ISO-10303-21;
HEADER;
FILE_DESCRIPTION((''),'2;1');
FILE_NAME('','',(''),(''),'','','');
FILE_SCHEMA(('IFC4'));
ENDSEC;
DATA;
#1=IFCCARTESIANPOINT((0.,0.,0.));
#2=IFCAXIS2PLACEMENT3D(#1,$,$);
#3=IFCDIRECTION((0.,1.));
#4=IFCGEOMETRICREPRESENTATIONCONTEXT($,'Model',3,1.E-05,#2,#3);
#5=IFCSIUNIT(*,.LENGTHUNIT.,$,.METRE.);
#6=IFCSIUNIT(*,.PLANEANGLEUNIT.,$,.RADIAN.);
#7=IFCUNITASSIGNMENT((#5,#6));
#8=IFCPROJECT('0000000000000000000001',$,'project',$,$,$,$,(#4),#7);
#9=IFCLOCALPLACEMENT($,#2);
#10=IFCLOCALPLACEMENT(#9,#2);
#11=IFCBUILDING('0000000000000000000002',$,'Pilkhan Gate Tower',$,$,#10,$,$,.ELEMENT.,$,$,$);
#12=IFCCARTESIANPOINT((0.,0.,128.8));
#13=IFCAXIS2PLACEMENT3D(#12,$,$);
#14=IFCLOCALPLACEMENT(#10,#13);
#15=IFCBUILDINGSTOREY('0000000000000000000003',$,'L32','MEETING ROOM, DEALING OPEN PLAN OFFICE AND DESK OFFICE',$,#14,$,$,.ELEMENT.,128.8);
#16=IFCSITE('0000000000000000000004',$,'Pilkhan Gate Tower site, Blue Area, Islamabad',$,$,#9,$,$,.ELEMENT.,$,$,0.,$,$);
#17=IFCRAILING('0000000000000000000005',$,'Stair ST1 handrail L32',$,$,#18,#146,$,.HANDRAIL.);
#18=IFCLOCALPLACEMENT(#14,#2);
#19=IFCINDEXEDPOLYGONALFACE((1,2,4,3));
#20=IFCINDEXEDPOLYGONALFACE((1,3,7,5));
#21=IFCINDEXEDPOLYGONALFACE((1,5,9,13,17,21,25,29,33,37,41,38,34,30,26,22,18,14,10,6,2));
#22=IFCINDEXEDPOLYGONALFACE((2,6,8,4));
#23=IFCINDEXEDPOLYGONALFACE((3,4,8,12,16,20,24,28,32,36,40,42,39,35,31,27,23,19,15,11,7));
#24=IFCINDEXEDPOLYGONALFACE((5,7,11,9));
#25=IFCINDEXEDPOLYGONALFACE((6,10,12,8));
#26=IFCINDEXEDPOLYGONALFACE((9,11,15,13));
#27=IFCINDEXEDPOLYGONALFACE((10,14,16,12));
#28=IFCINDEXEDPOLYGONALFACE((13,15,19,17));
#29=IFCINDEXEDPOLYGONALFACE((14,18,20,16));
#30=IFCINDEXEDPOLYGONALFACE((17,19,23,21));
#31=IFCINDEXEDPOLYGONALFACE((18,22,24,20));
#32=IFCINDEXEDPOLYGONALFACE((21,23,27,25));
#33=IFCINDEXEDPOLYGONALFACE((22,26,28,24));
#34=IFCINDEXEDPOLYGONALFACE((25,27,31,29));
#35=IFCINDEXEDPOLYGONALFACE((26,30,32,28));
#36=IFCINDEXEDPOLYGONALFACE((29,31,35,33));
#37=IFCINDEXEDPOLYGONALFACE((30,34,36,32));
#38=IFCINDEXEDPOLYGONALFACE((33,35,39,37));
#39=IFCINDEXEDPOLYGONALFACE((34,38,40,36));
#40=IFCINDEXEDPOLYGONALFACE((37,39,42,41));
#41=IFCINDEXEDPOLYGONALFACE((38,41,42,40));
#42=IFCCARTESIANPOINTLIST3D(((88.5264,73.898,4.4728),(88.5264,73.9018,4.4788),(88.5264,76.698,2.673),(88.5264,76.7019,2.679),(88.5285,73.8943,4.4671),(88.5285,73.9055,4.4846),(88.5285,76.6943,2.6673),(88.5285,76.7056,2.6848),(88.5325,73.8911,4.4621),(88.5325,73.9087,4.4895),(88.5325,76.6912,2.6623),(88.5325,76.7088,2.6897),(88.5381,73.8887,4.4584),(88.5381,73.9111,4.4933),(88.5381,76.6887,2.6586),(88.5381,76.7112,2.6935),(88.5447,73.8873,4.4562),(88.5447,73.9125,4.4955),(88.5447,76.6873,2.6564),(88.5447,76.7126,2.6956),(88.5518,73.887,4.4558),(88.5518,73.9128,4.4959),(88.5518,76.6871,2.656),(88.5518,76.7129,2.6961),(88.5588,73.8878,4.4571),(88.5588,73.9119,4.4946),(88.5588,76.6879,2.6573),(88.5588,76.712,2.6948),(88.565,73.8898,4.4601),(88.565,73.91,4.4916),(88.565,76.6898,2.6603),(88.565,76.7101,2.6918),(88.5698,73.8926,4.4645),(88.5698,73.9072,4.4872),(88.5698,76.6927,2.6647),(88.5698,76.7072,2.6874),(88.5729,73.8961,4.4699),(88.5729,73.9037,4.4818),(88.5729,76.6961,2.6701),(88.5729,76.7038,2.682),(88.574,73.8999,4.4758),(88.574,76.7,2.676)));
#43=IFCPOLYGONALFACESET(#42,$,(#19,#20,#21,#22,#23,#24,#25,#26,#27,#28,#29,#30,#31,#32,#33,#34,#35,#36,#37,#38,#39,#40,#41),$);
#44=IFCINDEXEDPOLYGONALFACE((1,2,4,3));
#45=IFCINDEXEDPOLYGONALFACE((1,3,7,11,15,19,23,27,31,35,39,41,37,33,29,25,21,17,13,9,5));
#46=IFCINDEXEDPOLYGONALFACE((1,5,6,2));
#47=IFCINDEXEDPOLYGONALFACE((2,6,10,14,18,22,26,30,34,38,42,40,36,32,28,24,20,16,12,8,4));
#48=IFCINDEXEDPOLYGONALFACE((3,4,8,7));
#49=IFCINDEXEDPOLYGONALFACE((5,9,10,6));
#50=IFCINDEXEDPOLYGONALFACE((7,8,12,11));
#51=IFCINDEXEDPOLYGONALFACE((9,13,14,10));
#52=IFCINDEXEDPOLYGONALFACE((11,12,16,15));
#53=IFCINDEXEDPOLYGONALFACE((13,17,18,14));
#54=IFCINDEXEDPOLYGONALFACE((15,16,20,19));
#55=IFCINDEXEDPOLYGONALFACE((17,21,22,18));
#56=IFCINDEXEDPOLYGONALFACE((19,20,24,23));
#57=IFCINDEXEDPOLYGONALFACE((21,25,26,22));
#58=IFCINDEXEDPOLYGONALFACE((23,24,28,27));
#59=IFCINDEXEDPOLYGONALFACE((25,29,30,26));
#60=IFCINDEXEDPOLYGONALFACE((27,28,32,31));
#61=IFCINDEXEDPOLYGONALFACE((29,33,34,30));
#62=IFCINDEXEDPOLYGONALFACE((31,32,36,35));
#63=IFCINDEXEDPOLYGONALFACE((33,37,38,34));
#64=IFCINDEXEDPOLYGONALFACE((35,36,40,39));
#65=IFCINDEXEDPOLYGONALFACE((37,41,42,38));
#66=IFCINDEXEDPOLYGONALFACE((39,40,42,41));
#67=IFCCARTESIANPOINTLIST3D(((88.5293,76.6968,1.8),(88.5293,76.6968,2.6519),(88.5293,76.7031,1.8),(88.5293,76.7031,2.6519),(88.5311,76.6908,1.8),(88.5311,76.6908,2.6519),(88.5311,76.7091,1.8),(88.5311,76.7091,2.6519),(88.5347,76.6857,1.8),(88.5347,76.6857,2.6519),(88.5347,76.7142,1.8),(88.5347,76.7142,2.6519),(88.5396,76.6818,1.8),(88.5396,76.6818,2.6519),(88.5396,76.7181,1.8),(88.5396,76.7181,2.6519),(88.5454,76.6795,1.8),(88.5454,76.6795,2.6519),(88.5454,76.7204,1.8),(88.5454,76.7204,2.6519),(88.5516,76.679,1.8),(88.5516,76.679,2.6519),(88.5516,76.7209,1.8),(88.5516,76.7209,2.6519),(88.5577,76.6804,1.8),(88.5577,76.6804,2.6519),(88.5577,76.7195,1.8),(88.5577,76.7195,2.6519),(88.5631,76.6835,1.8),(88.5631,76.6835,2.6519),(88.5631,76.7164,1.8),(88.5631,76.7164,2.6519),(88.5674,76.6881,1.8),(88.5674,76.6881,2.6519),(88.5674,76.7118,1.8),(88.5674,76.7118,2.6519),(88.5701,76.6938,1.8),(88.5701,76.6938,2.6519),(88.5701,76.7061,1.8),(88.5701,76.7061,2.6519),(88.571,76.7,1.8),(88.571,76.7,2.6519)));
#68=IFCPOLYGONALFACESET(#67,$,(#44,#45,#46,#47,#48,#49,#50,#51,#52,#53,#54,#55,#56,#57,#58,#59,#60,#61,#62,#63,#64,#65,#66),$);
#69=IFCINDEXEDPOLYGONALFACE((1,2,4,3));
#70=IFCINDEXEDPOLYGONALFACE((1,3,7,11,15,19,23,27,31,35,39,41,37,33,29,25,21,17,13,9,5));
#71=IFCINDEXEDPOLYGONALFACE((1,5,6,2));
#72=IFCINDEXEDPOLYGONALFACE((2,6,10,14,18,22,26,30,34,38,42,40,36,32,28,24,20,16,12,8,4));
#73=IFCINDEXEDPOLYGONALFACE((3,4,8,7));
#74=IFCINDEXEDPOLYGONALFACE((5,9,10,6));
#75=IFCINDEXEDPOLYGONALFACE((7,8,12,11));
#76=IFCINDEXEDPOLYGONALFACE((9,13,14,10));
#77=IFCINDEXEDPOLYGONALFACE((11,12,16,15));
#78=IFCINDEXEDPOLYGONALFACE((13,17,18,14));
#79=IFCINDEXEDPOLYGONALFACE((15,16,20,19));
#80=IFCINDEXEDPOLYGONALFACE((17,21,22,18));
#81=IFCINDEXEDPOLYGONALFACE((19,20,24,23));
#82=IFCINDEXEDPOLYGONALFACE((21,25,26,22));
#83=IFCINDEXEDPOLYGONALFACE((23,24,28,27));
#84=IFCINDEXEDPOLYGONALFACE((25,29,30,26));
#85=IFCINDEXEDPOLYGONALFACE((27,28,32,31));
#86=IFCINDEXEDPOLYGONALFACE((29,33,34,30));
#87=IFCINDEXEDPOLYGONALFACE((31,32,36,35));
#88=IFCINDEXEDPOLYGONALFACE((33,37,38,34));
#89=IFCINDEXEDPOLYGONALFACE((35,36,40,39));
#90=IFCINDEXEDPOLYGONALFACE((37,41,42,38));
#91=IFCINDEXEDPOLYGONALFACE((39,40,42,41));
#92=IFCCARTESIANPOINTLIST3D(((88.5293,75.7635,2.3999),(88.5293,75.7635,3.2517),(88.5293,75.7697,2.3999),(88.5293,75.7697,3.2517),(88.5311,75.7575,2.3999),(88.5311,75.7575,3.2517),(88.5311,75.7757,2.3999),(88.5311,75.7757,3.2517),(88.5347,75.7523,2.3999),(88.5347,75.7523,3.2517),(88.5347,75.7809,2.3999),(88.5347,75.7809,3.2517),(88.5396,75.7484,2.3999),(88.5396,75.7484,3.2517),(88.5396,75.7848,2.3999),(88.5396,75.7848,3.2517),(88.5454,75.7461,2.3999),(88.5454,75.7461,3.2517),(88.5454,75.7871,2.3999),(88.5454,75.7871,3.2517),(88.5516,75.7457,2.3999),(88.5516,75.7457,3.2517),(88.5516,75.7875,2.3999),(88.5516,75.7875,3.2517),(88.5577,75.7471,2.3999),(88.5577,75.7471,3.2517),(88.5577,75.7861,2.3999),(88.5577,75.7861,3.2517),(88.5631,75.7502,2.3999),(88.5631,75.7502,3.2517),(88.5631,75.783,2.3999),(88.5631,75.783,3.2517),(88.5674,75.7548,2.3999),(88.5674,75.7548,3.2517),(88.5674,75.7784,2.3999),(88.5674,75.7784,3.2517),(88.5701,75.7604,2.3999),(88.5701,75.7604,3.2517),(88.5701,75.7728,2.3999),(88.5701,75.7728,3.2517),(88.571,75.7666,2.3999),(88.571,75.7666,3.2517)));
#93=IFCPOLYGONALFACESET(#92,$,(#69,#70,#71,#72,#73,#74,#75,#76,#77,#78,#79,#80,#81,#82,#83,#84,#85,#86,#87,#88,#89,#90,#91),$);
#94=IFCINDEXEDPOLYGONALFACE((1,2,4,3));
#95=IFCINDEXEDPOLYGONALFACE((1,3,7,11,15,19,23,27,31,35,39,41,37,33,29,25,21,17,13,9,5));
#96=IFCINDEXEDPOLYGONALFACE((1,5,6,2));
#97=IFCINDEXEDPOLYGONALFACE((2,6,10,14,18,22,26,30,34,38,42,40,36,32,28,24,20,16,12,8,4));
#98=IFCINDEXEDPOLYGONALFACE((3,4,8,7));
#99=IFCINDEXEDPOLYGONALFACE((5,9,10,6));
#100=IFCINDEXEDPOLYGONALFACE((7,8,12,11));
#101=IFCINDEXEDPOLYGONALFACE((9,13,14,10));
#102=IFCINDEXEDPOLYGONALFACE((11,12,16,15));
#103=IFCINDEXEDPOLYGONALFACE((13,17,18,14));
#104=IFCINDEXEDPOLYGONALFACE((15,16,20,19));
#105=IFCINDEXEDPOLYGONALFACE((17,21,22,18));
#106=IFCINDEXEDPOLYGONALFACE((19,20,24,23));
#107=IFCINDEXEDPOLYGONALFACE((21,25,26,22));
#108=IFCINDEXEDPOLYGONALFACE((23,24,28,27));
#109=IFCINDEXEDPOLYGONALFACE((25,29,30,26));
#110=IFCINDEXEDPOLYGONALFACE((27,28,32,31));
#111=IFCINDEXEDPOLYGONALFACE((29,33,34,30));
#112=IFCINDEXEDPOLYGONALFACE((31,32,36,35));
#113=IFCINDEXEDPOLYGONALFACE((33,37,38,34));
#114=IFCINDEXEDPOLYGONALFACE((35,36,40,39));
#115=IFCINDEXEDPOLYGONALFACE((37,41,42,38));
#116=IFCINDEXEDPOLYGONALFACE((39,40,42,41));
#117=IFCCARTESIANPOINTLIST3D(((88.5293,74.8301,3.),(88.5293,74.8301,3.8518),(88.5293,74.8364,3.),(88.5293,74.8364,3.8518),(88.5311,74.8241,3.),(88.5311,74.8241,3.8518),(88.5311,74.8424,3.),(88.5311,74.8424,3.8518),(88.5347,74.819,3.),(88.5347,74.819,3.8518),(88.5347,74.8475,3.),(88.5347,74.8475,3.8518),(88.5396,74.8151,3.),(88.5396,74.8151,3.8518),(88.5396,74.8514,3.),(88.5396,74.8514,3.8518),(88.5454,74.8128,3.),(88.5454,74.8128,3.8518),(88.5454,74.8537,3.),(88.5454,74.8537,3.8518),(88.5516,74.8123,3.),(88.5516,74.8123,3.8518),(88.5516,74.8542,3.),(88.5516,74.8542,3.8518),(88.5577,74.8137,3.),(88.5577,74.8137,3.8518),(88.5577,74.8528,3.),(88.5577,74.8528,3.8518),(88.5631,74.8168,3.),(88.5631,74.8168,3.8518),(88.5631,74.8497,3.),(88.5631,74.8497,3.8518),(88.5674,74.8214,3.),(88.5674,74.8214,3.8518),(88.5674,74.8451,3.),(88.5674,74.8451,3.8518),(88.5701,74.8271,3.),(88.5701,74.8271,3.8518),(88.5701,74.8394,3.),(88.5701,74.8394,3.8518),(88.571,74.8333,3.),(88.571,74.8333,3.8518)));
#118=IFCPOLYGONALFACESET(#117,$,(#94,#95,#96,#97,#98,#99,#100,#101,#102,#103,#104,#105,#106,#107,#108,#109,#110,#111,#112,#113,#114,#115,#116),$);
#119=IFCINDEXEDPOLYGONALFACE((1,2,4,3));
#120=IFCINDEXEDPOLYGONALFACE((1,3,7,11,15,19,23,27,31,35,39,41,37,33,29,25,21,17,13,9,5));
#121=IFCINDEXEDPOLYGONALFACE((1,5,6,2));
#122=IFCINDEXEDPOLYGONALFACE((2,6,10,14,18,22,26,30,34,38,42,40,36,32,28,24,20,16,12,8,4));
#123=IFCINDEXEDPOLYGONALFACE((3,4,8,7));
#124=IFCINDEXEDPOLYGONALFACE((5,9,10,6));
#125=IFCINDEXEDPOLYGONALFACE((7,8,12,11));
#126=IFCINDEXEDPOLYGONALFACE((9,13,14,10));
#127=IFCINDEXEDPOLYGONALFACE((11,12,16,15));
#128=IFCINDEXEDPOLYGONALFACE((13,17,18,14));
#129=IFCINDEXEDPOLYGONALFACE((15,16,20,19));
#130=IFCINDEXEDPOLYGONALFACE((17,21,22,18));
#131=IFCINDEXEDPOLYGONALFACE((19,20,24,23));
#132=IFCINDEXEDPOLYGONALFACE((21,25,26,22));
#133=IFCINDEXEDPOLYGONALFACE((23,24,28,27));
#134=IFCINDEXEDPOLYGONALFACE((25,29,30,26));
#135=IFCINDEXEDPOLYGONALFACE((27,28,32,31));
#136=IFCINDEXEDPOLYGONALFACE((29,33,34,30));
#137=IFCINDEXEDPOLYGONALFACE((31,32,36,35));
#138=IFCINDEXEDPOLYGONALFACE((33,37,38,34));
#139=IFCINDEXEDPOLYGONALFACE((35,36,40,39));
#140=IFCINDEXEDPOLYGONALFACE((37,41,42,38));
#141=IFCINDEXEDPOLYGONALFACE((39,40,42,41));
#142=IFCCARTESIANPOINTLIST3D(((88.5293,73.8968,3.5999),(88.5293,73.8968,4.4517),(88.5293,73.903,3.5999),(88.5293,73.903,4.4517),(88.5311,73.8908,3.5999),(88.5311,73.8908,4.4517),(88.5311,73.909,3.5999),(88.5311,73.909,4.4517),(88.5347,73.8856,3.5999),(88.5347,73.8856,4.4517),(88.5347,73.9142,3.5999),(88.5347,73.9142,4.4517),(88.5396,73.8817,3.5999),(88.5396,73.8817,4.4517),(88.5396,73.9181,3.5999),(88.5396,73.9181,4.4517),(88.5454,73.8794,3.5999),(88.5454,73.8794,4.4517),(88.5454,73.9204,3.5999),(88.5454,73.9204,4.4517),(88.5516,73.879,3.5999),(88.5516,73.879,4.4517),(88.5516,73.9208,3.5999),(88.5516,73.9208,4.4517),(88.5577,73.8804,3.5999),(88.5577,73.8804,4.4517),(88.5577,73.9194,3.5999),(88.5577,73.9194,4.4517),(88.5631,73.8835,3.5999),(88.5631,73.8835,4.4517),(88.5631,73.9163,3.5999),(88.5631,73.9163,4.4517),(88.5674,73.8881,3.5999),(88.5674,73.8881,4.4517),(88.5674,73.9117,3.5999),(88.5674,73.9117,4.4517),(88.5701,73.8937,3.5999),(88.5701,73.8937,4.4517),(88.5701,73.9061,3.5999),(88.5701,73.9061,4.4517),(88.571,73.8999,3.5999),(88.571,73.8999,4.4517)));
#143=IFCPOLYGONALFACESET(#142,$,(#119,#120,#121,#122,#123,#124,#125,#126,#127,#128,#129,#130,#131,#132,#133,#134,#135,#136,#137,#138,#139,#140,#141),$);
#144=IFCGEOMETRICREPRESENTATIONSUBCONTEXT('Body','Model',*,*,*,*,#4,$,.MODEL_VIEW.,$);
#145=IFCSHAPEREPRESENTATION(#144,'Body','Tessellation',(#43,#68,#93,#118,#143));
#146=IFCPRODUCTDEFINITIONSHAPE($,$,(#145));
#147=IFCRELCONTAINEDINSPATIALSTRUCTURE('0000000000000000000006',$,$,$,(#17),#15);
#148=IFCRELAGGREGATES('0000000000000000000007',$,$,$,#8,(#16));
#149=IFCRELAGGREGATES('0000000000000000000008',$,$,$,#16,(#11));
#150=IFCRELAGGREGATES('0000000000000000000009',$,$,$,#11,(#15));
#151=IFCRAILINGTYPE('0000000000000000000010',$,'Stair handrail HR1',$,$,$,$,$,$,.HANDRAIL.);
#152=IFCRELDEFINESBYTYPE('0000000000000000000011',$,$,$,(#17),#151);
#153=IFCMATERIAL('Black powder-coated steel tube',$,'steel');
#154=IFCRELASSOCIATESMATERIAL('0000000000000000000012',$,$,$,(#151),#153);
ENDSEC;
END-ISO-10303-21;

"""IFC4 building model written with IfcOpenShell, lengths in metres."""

from ifc_helpers import new_model, si_unit, direction, frame, origin, origin_2d, place, context, subcontext, project, spatial, circle, extrude, material, type_object, element, save


model = new_model("IFC4")

# Units and contexts
model_context = context("Model", 3, precision=1e-05, world=origin(), true_north=direction((0.0, 1.0)))
body_context = subcontext(model_context, "Body", "Model", "MODEL_VIEW")
ifc_project = project(units=[si_unit("LENGTHUNIT", "METRE"), si_unit("PLANEANGLEUNIT", "RADIAN")], contexts=[model_context])

# Site, building, storey
site_placement = place(None, origin())
site = spatial("IfcSite", under=ifc_project, at=site_placement, Name="Pilkhan Gate Tower site, Blue Area, Islamabad", CompositionType="ELEMENT", RefElevation=0.0)
building_placement = place(site_placement, origin())
building = spatial("IfcBuilding", under=site, at=building_placement, Name="Pilkhan Gate Tower", CompositionType="ELEMENT")
storey_placement = place(building_placement, frame((0.0, 0.0, 128.8)))
storey = spatial("IfcBuildingStorey", under=building, at=storey_placement, Name="L32", Description="MEETING ROOM, DEALING OPEN PLAN OFFICE AND DESK OFFICE", CompositionType="ELEMENT", Elevation=128.8)

# Railing
ifc_material_1 = material(Name="Black powder-coated steel tube", Category="steel")
railing_type_1 = type_object("IfcRailingType", Name="Stair handrail HR1", PredefinedType="HANDRAIL", material=ifc_material_1)
railing_1_placement = place(storey_placement, frame((88.55, 76.7, 1.8)))
element("IfcRailing", 1, at=railing_1_placement, inside=storey, type_object=railing_type_1, Name="Stair ST1 handrail L32", PredefinedType="HANDRAIL", context=body_context, shape_type="SweptSolid", body=[
    extrude(circle(Radius=0.0239, at=origin_2d()), frame((0.0, 0.0, 0.876), z_axis=(0.0, -0.841209, 0.540709), x_axis=(1.0, 0.0, 0.0)), (0.0, 0.0, 1.0), 3.3286),
    extrude(circle(Radius=0.021, at=origin_2d()), origin(), (0.0, 0.0, 1.0), 0.8518),
    extrude(circle(Radius=0.021, at=origin_2d()), frame((0.0, -0.9333, 0.5999)), (0.0, 0.0, 1.0), 0.8518),
    extrude(circle(Radius=0.021, at=origin_2d()), frame((0.0, -1.8667, 1.2)), (0.0, 0.0, 1.0), 0.8518),
    extrude(circle(Radius=0.021, at=origin_2d()), frame((0.0, -2.8, 1.7998)), (0.0, 0.0, 1.0), 0.8518),
])

save(model, "model.ifc")
